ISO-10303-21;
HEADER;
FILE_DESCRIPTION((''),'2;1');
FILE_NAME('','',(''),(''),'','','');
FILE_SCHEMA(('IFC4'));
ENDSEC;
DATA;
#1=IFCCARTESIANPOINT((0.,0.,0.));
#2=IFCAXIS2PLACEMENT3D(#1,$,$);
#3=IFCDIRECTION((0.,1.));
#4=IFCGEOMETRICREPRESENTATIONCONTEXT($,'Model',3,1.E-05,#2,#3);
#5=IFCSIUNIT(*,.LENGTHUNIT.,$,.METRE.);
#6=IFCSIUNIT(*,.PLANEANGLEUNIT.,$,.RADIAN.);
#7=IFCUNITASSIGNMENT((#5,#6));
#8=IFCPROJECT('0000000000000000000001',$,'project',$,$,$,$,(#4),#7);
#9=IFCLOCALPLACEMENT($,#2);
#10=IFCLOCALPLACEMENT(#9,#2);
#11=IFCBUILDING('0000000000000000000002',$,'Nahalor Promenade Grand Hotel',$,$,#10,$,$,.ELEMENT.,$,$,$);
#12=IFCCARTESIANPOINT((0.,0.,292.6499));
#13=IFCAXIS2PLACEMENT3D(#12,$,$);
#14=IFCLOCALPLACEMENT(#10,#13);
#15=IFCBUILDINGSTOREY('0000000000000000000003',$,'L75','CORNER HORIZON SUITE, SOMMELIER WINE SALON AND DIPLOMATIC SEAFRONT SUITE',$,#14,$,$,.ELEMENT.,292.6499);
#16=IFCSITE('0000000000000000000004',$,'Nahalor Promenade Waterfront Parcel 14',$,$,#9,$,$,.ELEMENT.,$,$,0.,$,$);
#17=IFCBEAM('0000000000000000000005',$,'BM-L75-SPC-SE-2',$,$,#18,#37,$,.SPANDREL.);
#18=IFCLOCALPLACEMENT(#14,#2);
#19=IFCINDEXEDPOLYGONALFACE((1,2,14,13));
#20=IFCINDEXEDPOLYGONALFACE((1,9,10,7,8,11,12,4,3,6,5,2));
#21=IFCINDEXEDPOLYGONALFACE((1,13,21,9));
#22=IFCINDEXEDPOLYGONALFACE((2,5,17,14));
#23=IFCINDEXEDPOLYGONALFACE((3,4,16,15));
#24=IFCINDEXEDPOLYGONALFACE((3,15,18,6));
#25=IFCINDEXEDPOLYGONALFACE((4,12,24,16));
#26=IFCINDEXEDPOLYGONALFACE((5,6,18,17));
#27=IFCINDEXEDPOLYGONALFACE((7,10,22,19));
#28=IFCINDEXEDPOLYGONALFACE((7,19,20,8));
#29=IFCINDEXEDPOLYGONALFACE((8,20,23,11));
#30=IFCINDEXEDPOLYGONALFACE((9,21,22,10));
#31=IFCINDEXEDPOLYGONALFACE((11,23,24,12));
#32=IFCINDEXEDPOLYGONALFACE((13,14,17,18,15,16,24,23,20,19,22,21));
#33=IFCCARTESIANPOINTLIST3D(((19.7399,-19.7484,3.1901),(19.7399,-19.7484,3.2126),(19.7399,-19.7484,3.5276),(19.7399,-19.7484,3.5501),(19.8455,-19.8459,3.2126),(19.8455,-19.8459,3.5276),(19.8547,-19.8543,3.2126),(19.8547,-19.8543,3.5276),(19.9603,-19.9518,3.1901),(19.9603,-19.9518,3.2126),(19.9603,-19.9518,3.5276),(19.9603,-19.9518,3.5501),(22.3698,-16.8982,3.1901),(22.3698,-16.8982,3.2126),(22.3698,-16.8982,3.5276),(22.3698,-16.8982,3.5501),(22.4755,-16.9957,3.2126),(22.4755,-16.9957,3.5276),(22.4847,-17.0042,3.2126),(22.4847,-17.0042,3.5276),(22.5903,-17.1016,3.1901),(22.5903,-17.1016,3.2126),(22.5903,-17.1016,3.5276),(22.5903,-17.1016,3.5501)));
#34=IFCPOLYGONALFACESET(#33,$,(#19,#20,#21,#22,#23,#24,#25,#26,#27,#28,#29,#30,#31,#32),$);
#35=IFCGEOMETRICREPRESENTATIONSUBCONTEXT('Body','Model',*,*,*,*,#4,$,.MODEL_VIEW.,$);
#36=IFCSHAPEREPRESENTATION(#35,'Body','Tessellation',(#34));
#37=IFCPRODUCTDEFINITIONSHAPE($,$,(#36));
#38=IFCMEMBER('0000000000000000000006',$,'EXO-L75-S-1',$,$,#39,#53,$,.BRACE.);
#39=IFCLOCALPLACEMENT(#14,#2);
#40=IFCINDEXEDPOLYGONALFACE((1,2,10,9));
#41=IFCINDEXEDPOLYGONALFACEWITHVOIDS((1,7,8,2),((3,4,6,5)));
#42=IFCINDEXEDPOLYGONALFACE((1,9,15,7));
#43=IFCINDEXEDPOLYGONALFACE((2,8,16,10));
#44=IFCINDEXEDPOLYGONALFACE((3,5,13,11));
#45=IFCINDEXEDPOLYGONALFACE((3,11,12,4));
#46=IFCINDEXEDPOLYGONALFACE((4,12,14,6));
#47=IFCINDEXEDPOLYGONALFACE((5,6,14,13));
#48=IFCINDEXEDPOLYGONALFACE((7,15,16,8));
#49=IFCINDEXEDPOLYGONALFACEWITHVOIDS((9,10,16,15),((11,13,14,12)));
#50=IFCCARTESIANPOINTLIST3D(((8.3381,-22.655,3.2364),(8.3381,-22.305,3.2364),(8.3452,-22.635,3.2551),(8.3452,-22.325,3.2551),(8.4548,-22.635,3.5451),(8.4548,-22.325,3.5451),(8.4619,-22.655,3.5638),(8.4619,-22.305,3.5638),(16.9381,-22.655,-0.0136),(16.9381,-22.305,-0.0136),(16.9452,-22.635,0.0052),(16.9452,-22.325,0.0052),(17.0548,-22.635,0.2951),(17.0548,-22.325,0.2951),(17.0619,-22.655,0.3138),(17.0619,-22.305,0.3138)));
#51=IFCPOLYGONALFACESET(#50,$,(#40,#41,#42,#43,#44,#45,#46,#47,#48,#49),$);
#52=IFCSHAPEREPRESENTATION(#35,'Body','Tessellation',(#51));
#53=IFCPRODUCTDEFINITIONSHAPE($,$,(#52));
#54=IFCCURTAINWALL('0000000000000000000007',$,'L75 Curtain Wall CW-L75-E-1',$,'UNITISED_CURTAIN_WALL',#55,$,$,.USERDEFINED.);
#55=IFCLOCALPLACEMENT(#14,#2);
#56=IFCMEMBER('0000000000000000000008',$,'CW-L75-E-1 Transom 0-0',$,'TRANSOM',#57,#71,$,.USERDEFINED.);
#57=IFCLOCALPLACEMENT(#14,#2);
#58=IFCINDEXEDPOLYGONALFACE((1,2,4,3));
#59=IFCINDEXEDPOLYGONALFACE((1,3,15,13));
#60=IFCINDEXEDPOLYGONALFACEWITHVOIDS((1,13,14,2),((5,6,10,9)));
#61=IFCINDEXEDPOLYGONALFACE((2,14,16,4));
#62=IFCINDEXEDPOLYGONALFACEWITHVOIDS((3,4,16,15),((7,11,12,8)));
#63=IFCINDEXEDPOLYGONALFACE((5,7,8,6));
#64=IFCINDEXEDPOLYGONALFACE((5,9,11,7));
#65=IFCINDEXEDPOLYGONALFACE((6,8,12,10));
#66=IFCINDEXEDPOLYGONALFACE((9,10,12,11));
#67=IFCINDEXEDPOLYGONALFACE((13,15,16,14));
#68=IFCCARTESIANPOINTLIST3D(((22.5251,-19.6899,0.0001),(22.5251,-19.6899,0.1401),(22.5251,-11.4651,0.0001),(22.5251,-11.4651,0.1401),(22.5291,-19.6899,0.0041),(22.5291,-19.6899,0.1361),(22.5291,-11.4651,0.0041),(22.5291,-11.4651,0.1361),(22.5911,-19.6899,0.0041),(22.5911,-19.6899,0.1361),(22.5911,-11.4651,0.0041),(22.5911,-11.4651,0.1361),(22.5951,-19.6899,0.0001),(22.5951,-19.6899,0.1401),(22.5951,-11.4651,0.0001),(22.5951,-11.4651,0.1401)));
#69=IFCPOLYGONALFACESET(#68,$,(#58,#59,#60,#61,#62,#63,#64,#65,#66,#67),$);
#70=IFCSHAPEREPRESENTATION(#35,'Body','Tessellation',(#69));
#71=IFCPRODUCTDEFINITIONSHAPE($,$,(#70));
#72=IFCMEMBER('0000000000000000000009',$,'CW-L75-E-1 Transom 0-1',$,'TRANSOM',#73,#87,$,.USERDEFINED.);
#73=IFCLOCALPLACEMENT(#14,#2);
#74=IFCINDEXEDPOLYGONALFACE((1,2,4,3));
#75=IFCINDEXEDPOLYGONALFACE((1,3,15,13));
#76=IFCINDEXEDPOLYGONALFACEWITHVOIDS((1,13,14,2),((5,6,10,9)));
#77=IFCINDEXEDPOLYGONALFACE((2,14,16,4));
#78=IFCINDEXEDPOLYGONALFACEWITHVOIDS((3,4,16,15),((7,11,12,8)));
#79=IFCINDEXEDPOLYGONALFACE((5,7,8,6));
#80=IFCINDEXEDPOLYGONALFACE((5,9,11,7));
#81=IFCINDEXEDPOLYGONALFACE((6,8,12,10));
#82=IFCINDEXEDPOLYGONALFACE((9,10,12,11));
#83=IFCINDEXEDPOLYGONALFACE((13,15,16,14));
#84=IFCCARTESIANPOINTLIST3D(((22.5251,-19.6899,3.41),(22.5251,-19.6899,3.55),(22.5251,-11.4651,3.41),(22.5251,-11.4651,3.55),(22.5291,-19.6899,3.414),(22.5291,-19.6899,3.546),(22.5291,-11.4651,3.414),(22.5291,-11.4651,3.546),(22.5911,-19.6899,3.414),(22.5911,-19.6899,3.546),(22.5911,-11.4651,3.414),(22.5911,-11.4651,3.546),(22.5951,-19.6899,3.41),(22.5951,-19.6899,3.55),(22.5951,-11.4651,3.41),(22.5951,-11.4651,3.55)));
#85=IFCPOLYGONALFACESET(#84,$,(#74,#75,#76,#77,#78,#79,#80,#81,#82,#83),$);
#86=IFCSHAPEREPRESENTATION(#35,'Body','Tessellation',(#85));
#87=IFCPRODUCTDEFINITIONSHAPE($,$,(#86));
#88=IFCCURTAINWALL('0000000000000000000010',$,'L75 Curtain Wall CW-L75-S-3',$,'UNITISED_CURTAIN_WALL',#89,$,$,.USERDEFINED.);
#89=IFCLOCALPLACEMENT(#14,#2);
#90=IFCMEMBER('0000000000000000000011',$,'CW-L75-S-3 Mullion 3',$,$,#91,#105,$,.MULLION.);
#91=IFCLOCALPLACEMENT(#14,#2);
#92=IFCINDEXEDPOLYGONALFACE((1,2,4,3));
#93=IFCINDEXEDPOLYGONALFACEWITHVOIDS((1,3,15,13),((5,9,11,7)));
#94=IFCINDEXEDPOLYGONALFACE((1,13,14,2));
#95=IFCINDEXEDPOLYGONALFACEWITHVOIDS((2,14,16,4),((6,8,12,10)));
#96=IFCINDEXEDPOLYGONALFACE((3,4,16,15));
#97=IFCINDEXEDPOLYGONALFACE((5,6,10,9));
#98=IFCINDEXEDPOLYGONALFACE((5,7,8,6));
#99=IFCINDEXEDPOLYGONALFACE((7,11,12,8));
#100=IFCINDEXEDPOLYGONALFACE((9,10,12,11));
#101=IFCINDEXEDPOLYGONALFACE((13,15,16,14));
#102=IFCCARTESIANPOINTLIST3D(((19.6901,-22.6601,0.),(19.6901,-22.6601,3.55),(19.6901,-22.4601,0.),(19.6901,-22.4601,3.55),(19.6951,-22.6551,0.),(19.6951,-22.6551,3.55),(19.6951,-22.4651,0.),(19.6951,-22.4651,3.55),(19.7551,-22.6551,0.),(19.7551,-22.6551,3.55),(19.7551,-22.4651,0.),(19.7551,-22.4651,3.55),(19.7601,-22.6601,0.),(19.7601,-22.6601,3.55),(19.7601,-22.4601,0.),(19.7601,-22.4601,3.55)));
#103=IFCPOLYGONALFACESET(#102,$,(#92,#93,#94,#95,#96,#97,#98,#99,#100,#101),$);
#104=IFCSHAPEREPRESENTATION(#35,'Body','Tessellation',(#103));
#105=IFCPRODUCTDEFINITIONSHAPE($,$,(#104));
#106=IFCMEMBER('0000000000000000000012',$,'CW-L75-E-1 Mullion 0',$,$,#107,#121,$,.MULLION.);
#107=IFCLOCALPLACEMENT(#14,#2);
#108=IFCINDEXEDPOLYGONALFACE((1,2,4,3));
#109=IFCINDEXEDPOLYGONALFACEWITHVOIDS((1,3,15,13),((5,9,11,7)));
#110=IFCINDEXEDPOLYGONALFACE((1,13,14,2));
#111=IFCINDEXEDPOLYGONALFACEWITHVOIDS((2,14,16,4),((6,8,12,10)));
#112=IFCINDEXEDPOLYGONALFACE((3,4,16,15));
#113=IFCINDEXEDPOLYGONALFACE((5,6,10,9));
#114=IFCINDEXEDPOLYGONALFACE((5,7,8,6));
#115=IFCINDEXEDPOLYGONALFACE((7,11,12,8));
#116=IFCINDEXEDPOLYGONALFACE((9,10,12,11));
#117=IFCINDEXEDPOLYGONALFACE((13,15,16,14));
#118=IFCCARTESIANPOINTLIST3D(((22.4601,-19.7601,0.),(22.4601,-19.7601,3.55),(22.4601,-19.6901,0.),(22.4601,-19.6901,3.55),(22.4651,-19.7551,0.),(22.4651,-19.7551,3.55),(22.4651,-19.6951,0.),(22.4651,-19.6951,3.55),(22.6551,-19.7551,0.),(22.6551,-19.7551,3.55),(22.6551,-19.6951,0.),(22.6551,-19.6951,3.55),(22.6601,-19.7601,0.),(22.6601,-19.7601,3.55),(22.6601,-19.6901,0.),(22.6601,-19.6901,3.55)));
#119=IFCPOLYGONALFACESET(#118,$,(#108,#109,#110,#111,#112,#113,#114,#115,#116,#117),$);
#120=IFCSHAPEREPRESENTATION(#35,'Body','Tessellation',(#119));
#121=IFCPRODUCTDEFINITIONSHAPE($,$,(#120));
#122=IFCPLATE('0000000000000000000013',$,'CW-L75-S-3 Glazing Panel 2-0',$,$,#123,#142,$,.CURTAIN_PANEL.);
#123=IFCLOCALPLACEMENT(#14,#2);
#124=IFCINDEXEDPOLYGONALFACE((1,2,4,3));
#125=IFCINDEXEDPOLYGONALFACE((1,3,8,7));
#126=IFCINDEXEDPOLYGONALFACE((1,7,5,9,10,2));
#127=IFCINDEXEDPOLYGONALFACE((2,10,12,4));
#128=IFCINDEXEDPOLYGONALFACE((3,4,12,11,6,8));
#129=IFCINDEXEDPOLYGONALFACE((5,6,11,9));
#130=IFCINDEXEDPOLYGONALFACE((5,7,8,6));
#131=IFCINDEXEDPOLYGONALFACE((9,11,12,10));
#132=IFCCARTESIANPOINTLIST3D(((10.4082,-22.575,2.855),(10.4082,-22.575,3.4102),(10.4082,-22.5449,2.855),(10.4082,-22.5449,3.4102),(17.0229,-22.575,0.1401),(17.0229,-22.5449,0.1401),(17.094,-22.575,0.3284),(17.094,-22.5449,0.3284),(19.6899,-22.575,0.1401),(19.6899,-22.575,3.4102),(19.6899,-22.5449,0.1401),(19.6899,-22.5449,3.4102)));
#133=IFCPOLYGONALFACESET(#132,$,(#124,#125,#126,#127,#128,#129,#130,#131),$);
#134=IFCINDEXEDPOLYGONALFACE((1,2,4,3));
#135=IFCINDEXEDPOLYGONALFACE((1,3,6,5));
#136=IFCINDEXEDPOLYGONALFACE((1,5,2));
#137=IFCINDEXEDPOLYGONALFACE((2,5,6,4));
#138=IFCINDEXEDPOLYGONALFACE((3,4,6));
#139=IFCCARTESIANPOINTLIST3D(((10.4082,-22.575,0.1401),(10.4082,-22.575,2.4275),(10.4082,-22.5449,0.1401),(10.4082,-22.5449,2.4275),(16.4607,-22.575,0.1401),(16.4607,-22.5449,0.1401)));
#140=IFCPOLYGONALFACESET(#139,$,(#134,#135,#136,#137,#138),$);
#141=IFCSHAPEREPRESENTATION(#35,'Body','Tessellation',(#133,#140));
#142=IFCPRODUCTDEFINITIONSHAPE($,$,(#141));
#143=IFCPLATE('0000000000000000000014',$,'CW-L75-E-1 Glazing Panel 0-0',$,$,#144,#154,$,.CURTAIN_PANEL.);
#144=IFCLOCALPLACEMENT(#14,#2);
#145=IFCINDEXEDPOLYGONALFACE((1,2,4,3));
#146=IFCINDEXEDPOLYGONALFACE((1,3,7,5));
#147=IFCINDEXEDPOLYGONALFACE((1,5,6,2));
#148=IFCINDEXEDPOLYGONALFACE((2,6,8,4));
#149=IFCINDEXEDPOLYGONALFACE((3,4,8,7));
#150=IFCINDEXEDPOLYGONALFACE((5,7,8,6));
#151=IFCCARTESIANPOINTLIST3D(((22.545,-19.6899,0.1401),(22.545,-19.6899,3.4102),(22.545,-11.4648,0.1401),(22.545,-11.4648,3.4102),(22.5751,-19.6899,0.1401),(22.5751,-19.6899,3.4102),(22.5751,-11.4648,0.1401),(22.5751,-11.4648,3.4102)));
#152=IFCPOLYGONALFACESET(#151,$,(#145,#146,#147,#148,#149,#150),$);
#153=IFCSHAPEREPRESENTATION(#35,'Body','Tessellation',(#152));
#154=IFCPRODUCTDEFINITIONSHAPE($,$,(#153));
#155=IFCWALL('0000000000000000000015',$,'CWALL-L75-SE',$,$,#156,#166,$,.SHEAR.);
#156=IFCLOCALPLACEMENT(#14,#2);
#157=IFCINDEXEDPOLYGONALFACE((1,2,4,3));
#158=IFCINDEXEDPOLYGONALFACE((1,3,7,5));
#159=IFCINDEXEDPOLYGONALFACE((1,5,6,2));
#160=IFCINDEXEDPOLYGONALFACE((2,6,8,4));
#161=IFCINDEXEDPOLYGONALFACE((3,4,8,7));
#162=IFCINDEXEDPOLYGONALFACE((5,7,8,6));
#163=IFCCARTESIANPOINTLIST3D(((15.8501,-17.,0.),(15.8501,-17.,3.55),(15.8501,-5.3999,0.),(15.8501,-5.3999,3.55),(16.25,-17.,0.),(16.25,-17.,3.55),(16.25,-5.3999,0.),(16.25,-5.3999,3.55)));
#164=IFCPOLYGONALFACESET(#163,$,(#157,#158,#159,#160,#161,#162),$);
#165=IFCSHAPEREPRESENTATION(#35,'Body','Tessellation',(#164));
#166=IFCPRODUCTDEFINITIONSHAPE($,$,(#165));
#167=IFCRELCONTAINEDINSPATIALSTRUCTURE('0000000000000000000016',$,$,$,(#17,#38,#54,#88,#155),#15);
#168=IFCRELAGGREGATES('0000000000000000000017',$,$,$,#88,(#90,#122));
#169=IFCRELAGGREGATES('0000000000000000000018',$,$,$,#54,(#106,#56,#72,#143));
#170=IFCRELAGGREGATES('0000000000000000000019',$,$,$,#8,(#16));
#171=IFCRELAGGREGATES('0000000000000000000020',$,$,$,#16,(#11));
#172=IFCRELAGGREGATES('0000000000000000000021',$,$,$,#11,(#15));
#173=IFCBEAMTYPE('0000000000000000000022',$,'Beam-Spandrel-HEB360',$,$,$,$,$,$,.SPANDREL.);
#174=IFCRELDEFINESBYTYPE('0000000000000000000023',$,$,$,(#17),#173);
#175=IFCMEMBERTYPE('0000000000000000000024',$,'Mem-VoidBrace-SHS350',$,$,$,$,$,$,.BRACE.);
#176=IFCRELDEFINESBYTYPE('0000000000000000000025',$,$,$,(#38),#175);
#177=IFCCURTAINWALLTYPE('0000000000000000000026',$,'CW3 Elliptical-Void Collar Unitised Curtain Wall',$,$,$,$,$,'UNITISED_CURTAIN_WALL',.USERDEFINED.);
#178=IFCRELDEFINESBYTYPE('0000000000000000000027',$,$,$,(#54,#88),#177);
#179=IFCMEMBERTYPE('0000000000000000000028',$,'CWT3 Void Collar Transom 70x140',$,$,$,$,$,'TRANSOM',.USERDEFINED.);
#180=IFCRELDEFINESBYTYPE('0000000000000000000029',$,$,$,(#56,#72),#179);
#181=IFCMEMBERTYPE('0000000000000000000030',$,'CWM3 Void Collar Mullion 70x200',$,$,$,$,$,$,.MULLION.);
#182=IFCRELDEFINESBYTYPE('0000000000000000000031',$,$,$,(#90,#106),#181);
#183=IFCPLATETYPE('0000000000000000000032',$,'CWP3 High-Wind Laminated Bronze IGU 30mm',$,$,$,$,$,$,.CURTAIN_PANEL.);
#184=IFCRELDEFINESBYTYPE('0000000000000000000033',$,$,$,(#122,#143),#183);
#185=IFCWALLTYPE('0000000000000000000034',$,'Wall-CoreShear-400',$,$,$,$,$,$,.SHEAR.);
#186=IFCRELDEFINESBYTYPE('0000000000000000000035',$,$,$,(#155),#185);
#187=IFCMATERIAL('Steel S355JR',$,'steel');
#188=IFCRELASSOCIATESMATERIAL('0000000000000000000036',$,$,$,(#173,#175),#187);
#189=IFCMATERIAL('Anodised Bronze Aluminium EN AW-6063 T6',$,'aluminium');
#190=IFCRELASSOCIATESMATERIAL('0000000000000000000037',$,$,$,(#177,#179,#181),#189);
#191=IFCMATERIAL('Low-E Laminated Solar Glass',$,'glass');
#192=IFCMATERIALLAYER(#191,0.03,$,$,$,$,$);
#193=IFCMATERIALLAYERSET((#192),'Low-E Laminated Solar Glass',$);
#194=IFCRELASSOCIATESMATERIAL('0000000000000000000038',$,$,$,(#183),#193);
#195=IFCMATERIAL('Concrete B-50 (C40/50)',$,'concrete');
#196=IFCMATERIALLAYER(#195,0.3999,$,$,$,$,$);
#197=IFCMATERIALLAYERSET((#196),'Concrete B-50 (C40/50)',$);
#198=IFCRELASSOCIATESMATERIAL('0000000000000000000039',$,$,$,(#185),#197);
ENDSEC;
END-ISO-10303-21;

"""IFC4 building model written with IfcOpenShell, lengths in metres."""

from ifc_helpers import new_model, si_unit, direction, frame, frame_2d, origin, origin_2d, place, context, subcontext, project, spatial, polyline, rectangle, hollow_rectangle, i_section, outline, extrude, source, transform, mapped, material, layer, layer_set, material_profile, profile_set, type_object, element, aggregate, save


model = new_model("IFC4")

# Units and contexts
model_context = context("Model", 3, precision=1e-05, world=origin(), true_north=direction((0.0, 1.0)))
body_context = subcontext(model_context, "Body", "Model", "MODEL_VIEW")
ifc_project = project(units=[si_unit("LENGTHUNIT", "METRE"), si_unit("PLANEANGLEUNIT", "RADIAN")], contexts=[model_context])

# Site, building, storey
site_placement = place(None, origin())
site = spatial("IfcSite", under=ifc_project, at=site_placement, Name="Nahalor Promenade Waterfront Parcel 14", CompositionType="ELEMENT", RefElevation=0.0)
building_placement = place(site_placement, origin())
building = spatial("IfcBuilding", under=site, at=building_placement, Name="Nahalor Promenade Grand Hotel", CompositionType="ELEMENT")
storey_placement = place(building_placement, frame((0.0, 0.0, 292.6499)))
storey = spatial("IfcBuildingStorey", under=building, at=storey_placement, Name="L75", Description="CORNER HORIZON SUITE, SOMMELIER WINE SALON AND DIPLOMATIC SEAFRONT SUITE", CompositionType="ELEMENT", Elevation=292.6499)

# Shared definitions
ifc_material_1 = material(Name="Concrete B-50 (C40/50)", Category="concrete")
ifc_material_2 = material(Name="Steel S355JR", Category="steel")

# Beam
ifc_material_profile_1 = material_profile(ifc_material_2, i_section(OverallWidth=0.3, OverallDepth=0.36, WebThickness=0.0125, FlangeThickness=0.0225, at=origin_2d()), Name="HEB 360")
ifc_profile_set_1 = profile_set([ifc_material_profile_1], Name="Steel S355JR")
beam_type_1 = type_object("IfcBeamType", Name="Beam-Spandrel-HEB360", PredefinedType="SPANDREL", material=ifc_profile_set_1)
shared_shape_1 = source(origin(), body_context, "Body", "SweptSolid", [
    extrude(i_section(OverallWidth=0.3, OverallDepth=0.36, WebThickness=0.0125, FlangeThickness=0.0225, at=origin_2d()), origin(), (0.0, 0.0, 1.0), 3.8782),
])
for number, where, z_axis, x_axis, name in (
    (1, (19.8501, -19.8501, 3.3701), (0.678144, 0.734929, 0.0), (-0.734929, 0.678144, 0.0), "BM-L75-SPC-SE-2"),
):
    element("IfcBeam", number, at=place(storey_placement, frame(where, z_axis=z_axis, x_axis=x_axis)), inside=storey, type_object=beam_type_1, Name=name, PredefinedType="SPANDREL", context=body_context, shape_type="MappedRepresentation", body=[
        mapped(shared_shape_1, transform((0.0, 0.0, 0.0), scale=1.0)),
    ])

# Member
ifc_material_profile_2 = material_profile(ifc_material_2, hollow_rectangle(XDim=0.35, YDim=0.35, WallThickness=0.02, at=origin_2d()), Name="SHS 350x350x20")
ifc_profile_set_2 = profile_set([ifc_material_profile_2], Name="Steel S355JR")
member_type_1 = type_object("IfcMemberType", Name="Mem-VoidBrace-SHS350", PredefinedType="BRACE", material=ifc_profile_set_2)
shared_shape_2 = source(origin(), body_context, "Body", "SweptSolid", [
    extrude(hollow_rectangle(XDim=0.35, YDim=0.35, WallThickness=0.02, at=origin_2d()), origin(), (0.0, 0.0, 1.0), 9.1936),
])
member_1_placement = place(storey_placement, frame((17.0, -22.48, 0.1501), z_axis=(-0.935433, 0.0, 0.353503), x_axis=(0.0, -1.0, 0.0)))
element("IfcMember", 2, at=member_1_placement, inside=storey, type_object=member_type_1, Name="EXO-L75-S-1", PredefinedType="BRACE", context=body_context, shape_type="MappedRepresentation", body=[
    mapped(shared_shape_2, transform((0.0, 0.0, 0.0), scale=1.0)),
])

# Curtain wall, members
ifc_material_3 = material(Name="Anodised Bronze Aluminium EN AW-6063 T6", Category="aluminium")
curtain_wall_type = type_object("IfcCurtainWallType", Name="CW3 Elliptical-Void Collar Unitised Curtain Wall", ElementType="UNITISED_CURTAIN_WALL", PredefinedType="USERDEFINED", material=ifc_material_3)
curtain_wall_1_placement = place(storey_placement, origin())
curtain_wall_1 = element("IfcCurtainWall", 3, at=curtain_wall_1_placement, inside=storey, type_object=curtain_wall_type, Name="L75 Curtain Wall CW-L75-E-1", ObjectType="UNITISED_CURTAIN_WALL", PredefinedType="USERDEFINED")
ifc_material_profile_3 = material_profile(ifc_material_3, hollow_rectangle(XDim=0.07, YDim=0.14, WallThickness=0.004, at=origin_2d()), Name="CWT 70x140x4")
ifc_profile_set_3 = profile_set([ifc_material_profile_3], Name="Anodised Bronze Aluminium EN AW-6063 T6")
member_type_2 = type_object("IfcMemberType", Name="CWT3 Void Collar Transom 70x140", ElementType="TRANSOM", PredefinedType="USERDEFINED", material=ifc_profile_set_3)
shared_shape_3 = source(origin(), body_context, "Body", "SweptSolid", [
    extrude(hollow_rectangle(XDim=0.07, YDim=0.14, WallThickness=0.004, at=origin_2d()), origin(), (0.0, 0.0, 1.0), 8.2249),
])
member_2_placement = place(storey_placement, frame((22.5601, -19.6899, 0.0701), z_axis=(0.0, 1.0, 0.0), x_axis=(-1.0, 0.0, 0.0)))
member_2 = element("IfcMember", 4, at=member_2_placement, type_object=member_type_2, Name="CW-L75-E-1 Transom 0-0", ObjectType="TRANSOM", PredefinedType="USERDEFINED", context=body_context, shape_type="MappedRepresentation", body=[
    mapped(shared_shape_3, transform((0.0, 0.0, 0.0), scale=1.0)),
])
member_3_placement = place(storey_placement, frame((22.5601, -19.6899, 3.48), z_axis=(0.0, 1.0, 0.0), x_axis=(-1.0, 0.0, 0.0)))
member_3 = element("IfcMember", 5, at=member_3_placement, type_object=member_type_2, Name="CW-L75-E-1 Transom 0-1", ObjectType="TRANSOM", PredefinedType="USERDEFINED", context=body_context, shape_type="MappedRepresentation", body=[
    mapped(shared_shape_3, transform((0.0, 0.0, 0.0), scale=1.0)),
])

# Curtain wall, member
curtain_wall_2_placement = place(storey_placement, origin())
curtain_wall_2 = element("IfcCurtainWall", 6, at=curtain_wall_2_placement, inside=storey, type_object=curtain_wall_type, Name="L75 Curtain Wall CW-L75-S-3", ObjectType="UNITISED_CURTAIN_WALL", PredefinedType="USERDEFINED")
ifc_material_profile_4 = material_profile(ifc_material_3, hollow_rectangle(XDim=0.07, YDim=0.2, WallThickness=0.005, at=origin_2d()), Name="CWM 70x200x5")
ifc_profile_set_4 = profile_set([ifc_material_profile_4], Name="Anodised Bronze Aluminium EN AW-6063 T6")
member_type_3 = type_object("IfcMemberType", Name="CWM3 Void Collar Mullion 70x200", PredefinedType="MULLION", material=ifc_profile_set_4)
shared_shape_4 = source(origin(), body_context, "Body", "SweptSolid", [
    extrude(hollow_rectangle(XDim=0.07, YDim=0.2, WallThickness=0.005, at=origin_2d()), origin(), (0.0, 0.0, 1.0), 3.55),
])
member_4_placement = place(storey_placement, frame((19.7251, -22.5601, 0.0), z_axis=(0.0, 0.0, 1.0), x_axis=(1.0, 0.0, 0.0)))
member_4 = element("IfcMember", 7, at=member_4_placement, type_object=member_type_3, Name="CW-L75-S-3 Mullion 3", PredefinedType="MULLION", context=body_context, shape_type="MappedRepresentation", body=[
    mapped(shared_shape_4, transform((0.0, 0.0, 0.0), scale=1.0)),
])

# Member
member_5_placement = place(storey_placement, frame((22.5601, -19.7251, 0.0), z_axis=(0.0, 0.0, 1.0), x_axis=(0.0, 1.0, 0.0)))
member_5 = element("IfcMember", 8, at=member_5_placement, type_object=member_type_3, Name="CW-L75-E-1 Mullion 0", PredefinedType="MULLION", context=body_context, shape_type="MappedRepresentation", body=[
    mapped(shared_shape_4, transform((0.0, 0.0, 0.0), scale=1.0)),
])

# Plates
ifc_material_4 = material(Name="Low-E Laminated Solar Glass", Category="glass")
ifc_layer_1 = layer(ifc_material_4, 0.03)
ifc_layer_set_1 = layer_set([ifc_layer_1], Name="Low-E Laminated Solar Glass")
plate_type = type_object("IfcPlateType", Name="CWP3 High-Wind Laminated Bronze IGU 30mm", PredefinedType="CURTAIN_PANEL", material=ifc_layer_set_1)
plate_1_placement = place(storey_placement, frame((15.0491, -22.5601, 0.1401), z_axis=(0.0, 0.0, 1.0), x_axis=(1.0, 0.0, 0.0)))
plate_1 = element("IfcPlate", 9, at=plate_1_placement, type_object=plate_type, Name="CW-L75-S-3 Glazing Panel 2-0", PredefinedType="CURTAIN_PANEL", context=body_context, shape_type="SweptSolid", body=[
    extrude(outline(polyline([(4.6409, 3.27), (-4.6409, 3.27), (-4.6409, 2.7148), (2.0449, 0.1882), (1.9739, 0.0), (4.6409, 0.0), (4.6409, 3.27)])), frame((0.0, 0.0151, 0.0), z_axis=(0.0, -1.0, 0.0), x_axis=(1.0, 0.0, 0.0)), (0.0, 0.0, 1.0), 0.03),
    extrude(outline(polyline([(-4.6409, 2.2874), (-4.6409, 0.0), (1.4116, 0.0), (-4.6409, 2.2874)])), frame((0.0, 0.0151, 0.0), z_axis=(0.0, -1.0, 0.0), x_axis=(1.0, 0.0, 0.0)), (0.0, 0.0, 1.0), 0.03),
])
aggregate(curtain_wall_2, [member_4, plate_1])
shared_shape_5 = source(origin(), body_context, "Body", "SweptSolid", [
    extrude(rectangle(XDim=8.2251, YDim=0.03, at=origin_2d()), origin(), (0.0, 0.0, 1.0), 3.27),
])
plate_2_placement = place(storey_placement, frame((22.5601, -15.5774, 0.1401), z_axis=(0.0, 0.0, 1.0), x_axis=(0.0, 1.0, 0.0)))
plate_2 = element("IfcPlate", 10, at=plate_2_placement, type_object=plate_type, Name="CW-L75-E-1 Glazing Panel 0-0", PredefinedType="CURTAIN_PANEL", context=body_context, shape_type="MappedRepresentation", body=[
    mapped(shared_shape_5, transform((0.0, 0.0, 0.0), scale=1.0)),
])
aggregate(curtain_wall_1, [member_5, member_2, member_3, plate_2])

# Wall
ifc_layer_2 = layer(ifc_material_1, 0.3999)
ifc_layer_set_2 = layer_set([ifc_layer_2], Name="Concrete B-50 (C40/50)")
wall_type_1 = type_object("IfcWallType", Name="Wall-CoreShear-400", PredefinedType="SHEAR", material=ifc_layer_set_2)
shared_shape_6 = source(origin(), body_context, "Body", "SweptSolid", [
    extrude(rectangle(XDim=11.6001, YDim=0.3999, at=frame_2d((5.8, 0.0))), origin(), (0.0, 0.0, 1.0), 3.55),
])
wall_1_placement = place(storey_placement, frame((16.05, -17.0, 0.0), z_axis=(0.0, 0.0, 1.0), x_axis=(0.0, 1.0, 0.0)))
element("IfcWall", 11, at=wall_1_placement, inside=storey, type_object=wall_type_1, Name="CWALL-L75-SE", PredefinedType="SHEAR", context=body_context, shape_type="MappedRepresentation", body=[
    mapped(shared_shape_6, transform((0.0, 0.0, 0.0), scale=1.0)),
])

save(model, "model.ifc")
